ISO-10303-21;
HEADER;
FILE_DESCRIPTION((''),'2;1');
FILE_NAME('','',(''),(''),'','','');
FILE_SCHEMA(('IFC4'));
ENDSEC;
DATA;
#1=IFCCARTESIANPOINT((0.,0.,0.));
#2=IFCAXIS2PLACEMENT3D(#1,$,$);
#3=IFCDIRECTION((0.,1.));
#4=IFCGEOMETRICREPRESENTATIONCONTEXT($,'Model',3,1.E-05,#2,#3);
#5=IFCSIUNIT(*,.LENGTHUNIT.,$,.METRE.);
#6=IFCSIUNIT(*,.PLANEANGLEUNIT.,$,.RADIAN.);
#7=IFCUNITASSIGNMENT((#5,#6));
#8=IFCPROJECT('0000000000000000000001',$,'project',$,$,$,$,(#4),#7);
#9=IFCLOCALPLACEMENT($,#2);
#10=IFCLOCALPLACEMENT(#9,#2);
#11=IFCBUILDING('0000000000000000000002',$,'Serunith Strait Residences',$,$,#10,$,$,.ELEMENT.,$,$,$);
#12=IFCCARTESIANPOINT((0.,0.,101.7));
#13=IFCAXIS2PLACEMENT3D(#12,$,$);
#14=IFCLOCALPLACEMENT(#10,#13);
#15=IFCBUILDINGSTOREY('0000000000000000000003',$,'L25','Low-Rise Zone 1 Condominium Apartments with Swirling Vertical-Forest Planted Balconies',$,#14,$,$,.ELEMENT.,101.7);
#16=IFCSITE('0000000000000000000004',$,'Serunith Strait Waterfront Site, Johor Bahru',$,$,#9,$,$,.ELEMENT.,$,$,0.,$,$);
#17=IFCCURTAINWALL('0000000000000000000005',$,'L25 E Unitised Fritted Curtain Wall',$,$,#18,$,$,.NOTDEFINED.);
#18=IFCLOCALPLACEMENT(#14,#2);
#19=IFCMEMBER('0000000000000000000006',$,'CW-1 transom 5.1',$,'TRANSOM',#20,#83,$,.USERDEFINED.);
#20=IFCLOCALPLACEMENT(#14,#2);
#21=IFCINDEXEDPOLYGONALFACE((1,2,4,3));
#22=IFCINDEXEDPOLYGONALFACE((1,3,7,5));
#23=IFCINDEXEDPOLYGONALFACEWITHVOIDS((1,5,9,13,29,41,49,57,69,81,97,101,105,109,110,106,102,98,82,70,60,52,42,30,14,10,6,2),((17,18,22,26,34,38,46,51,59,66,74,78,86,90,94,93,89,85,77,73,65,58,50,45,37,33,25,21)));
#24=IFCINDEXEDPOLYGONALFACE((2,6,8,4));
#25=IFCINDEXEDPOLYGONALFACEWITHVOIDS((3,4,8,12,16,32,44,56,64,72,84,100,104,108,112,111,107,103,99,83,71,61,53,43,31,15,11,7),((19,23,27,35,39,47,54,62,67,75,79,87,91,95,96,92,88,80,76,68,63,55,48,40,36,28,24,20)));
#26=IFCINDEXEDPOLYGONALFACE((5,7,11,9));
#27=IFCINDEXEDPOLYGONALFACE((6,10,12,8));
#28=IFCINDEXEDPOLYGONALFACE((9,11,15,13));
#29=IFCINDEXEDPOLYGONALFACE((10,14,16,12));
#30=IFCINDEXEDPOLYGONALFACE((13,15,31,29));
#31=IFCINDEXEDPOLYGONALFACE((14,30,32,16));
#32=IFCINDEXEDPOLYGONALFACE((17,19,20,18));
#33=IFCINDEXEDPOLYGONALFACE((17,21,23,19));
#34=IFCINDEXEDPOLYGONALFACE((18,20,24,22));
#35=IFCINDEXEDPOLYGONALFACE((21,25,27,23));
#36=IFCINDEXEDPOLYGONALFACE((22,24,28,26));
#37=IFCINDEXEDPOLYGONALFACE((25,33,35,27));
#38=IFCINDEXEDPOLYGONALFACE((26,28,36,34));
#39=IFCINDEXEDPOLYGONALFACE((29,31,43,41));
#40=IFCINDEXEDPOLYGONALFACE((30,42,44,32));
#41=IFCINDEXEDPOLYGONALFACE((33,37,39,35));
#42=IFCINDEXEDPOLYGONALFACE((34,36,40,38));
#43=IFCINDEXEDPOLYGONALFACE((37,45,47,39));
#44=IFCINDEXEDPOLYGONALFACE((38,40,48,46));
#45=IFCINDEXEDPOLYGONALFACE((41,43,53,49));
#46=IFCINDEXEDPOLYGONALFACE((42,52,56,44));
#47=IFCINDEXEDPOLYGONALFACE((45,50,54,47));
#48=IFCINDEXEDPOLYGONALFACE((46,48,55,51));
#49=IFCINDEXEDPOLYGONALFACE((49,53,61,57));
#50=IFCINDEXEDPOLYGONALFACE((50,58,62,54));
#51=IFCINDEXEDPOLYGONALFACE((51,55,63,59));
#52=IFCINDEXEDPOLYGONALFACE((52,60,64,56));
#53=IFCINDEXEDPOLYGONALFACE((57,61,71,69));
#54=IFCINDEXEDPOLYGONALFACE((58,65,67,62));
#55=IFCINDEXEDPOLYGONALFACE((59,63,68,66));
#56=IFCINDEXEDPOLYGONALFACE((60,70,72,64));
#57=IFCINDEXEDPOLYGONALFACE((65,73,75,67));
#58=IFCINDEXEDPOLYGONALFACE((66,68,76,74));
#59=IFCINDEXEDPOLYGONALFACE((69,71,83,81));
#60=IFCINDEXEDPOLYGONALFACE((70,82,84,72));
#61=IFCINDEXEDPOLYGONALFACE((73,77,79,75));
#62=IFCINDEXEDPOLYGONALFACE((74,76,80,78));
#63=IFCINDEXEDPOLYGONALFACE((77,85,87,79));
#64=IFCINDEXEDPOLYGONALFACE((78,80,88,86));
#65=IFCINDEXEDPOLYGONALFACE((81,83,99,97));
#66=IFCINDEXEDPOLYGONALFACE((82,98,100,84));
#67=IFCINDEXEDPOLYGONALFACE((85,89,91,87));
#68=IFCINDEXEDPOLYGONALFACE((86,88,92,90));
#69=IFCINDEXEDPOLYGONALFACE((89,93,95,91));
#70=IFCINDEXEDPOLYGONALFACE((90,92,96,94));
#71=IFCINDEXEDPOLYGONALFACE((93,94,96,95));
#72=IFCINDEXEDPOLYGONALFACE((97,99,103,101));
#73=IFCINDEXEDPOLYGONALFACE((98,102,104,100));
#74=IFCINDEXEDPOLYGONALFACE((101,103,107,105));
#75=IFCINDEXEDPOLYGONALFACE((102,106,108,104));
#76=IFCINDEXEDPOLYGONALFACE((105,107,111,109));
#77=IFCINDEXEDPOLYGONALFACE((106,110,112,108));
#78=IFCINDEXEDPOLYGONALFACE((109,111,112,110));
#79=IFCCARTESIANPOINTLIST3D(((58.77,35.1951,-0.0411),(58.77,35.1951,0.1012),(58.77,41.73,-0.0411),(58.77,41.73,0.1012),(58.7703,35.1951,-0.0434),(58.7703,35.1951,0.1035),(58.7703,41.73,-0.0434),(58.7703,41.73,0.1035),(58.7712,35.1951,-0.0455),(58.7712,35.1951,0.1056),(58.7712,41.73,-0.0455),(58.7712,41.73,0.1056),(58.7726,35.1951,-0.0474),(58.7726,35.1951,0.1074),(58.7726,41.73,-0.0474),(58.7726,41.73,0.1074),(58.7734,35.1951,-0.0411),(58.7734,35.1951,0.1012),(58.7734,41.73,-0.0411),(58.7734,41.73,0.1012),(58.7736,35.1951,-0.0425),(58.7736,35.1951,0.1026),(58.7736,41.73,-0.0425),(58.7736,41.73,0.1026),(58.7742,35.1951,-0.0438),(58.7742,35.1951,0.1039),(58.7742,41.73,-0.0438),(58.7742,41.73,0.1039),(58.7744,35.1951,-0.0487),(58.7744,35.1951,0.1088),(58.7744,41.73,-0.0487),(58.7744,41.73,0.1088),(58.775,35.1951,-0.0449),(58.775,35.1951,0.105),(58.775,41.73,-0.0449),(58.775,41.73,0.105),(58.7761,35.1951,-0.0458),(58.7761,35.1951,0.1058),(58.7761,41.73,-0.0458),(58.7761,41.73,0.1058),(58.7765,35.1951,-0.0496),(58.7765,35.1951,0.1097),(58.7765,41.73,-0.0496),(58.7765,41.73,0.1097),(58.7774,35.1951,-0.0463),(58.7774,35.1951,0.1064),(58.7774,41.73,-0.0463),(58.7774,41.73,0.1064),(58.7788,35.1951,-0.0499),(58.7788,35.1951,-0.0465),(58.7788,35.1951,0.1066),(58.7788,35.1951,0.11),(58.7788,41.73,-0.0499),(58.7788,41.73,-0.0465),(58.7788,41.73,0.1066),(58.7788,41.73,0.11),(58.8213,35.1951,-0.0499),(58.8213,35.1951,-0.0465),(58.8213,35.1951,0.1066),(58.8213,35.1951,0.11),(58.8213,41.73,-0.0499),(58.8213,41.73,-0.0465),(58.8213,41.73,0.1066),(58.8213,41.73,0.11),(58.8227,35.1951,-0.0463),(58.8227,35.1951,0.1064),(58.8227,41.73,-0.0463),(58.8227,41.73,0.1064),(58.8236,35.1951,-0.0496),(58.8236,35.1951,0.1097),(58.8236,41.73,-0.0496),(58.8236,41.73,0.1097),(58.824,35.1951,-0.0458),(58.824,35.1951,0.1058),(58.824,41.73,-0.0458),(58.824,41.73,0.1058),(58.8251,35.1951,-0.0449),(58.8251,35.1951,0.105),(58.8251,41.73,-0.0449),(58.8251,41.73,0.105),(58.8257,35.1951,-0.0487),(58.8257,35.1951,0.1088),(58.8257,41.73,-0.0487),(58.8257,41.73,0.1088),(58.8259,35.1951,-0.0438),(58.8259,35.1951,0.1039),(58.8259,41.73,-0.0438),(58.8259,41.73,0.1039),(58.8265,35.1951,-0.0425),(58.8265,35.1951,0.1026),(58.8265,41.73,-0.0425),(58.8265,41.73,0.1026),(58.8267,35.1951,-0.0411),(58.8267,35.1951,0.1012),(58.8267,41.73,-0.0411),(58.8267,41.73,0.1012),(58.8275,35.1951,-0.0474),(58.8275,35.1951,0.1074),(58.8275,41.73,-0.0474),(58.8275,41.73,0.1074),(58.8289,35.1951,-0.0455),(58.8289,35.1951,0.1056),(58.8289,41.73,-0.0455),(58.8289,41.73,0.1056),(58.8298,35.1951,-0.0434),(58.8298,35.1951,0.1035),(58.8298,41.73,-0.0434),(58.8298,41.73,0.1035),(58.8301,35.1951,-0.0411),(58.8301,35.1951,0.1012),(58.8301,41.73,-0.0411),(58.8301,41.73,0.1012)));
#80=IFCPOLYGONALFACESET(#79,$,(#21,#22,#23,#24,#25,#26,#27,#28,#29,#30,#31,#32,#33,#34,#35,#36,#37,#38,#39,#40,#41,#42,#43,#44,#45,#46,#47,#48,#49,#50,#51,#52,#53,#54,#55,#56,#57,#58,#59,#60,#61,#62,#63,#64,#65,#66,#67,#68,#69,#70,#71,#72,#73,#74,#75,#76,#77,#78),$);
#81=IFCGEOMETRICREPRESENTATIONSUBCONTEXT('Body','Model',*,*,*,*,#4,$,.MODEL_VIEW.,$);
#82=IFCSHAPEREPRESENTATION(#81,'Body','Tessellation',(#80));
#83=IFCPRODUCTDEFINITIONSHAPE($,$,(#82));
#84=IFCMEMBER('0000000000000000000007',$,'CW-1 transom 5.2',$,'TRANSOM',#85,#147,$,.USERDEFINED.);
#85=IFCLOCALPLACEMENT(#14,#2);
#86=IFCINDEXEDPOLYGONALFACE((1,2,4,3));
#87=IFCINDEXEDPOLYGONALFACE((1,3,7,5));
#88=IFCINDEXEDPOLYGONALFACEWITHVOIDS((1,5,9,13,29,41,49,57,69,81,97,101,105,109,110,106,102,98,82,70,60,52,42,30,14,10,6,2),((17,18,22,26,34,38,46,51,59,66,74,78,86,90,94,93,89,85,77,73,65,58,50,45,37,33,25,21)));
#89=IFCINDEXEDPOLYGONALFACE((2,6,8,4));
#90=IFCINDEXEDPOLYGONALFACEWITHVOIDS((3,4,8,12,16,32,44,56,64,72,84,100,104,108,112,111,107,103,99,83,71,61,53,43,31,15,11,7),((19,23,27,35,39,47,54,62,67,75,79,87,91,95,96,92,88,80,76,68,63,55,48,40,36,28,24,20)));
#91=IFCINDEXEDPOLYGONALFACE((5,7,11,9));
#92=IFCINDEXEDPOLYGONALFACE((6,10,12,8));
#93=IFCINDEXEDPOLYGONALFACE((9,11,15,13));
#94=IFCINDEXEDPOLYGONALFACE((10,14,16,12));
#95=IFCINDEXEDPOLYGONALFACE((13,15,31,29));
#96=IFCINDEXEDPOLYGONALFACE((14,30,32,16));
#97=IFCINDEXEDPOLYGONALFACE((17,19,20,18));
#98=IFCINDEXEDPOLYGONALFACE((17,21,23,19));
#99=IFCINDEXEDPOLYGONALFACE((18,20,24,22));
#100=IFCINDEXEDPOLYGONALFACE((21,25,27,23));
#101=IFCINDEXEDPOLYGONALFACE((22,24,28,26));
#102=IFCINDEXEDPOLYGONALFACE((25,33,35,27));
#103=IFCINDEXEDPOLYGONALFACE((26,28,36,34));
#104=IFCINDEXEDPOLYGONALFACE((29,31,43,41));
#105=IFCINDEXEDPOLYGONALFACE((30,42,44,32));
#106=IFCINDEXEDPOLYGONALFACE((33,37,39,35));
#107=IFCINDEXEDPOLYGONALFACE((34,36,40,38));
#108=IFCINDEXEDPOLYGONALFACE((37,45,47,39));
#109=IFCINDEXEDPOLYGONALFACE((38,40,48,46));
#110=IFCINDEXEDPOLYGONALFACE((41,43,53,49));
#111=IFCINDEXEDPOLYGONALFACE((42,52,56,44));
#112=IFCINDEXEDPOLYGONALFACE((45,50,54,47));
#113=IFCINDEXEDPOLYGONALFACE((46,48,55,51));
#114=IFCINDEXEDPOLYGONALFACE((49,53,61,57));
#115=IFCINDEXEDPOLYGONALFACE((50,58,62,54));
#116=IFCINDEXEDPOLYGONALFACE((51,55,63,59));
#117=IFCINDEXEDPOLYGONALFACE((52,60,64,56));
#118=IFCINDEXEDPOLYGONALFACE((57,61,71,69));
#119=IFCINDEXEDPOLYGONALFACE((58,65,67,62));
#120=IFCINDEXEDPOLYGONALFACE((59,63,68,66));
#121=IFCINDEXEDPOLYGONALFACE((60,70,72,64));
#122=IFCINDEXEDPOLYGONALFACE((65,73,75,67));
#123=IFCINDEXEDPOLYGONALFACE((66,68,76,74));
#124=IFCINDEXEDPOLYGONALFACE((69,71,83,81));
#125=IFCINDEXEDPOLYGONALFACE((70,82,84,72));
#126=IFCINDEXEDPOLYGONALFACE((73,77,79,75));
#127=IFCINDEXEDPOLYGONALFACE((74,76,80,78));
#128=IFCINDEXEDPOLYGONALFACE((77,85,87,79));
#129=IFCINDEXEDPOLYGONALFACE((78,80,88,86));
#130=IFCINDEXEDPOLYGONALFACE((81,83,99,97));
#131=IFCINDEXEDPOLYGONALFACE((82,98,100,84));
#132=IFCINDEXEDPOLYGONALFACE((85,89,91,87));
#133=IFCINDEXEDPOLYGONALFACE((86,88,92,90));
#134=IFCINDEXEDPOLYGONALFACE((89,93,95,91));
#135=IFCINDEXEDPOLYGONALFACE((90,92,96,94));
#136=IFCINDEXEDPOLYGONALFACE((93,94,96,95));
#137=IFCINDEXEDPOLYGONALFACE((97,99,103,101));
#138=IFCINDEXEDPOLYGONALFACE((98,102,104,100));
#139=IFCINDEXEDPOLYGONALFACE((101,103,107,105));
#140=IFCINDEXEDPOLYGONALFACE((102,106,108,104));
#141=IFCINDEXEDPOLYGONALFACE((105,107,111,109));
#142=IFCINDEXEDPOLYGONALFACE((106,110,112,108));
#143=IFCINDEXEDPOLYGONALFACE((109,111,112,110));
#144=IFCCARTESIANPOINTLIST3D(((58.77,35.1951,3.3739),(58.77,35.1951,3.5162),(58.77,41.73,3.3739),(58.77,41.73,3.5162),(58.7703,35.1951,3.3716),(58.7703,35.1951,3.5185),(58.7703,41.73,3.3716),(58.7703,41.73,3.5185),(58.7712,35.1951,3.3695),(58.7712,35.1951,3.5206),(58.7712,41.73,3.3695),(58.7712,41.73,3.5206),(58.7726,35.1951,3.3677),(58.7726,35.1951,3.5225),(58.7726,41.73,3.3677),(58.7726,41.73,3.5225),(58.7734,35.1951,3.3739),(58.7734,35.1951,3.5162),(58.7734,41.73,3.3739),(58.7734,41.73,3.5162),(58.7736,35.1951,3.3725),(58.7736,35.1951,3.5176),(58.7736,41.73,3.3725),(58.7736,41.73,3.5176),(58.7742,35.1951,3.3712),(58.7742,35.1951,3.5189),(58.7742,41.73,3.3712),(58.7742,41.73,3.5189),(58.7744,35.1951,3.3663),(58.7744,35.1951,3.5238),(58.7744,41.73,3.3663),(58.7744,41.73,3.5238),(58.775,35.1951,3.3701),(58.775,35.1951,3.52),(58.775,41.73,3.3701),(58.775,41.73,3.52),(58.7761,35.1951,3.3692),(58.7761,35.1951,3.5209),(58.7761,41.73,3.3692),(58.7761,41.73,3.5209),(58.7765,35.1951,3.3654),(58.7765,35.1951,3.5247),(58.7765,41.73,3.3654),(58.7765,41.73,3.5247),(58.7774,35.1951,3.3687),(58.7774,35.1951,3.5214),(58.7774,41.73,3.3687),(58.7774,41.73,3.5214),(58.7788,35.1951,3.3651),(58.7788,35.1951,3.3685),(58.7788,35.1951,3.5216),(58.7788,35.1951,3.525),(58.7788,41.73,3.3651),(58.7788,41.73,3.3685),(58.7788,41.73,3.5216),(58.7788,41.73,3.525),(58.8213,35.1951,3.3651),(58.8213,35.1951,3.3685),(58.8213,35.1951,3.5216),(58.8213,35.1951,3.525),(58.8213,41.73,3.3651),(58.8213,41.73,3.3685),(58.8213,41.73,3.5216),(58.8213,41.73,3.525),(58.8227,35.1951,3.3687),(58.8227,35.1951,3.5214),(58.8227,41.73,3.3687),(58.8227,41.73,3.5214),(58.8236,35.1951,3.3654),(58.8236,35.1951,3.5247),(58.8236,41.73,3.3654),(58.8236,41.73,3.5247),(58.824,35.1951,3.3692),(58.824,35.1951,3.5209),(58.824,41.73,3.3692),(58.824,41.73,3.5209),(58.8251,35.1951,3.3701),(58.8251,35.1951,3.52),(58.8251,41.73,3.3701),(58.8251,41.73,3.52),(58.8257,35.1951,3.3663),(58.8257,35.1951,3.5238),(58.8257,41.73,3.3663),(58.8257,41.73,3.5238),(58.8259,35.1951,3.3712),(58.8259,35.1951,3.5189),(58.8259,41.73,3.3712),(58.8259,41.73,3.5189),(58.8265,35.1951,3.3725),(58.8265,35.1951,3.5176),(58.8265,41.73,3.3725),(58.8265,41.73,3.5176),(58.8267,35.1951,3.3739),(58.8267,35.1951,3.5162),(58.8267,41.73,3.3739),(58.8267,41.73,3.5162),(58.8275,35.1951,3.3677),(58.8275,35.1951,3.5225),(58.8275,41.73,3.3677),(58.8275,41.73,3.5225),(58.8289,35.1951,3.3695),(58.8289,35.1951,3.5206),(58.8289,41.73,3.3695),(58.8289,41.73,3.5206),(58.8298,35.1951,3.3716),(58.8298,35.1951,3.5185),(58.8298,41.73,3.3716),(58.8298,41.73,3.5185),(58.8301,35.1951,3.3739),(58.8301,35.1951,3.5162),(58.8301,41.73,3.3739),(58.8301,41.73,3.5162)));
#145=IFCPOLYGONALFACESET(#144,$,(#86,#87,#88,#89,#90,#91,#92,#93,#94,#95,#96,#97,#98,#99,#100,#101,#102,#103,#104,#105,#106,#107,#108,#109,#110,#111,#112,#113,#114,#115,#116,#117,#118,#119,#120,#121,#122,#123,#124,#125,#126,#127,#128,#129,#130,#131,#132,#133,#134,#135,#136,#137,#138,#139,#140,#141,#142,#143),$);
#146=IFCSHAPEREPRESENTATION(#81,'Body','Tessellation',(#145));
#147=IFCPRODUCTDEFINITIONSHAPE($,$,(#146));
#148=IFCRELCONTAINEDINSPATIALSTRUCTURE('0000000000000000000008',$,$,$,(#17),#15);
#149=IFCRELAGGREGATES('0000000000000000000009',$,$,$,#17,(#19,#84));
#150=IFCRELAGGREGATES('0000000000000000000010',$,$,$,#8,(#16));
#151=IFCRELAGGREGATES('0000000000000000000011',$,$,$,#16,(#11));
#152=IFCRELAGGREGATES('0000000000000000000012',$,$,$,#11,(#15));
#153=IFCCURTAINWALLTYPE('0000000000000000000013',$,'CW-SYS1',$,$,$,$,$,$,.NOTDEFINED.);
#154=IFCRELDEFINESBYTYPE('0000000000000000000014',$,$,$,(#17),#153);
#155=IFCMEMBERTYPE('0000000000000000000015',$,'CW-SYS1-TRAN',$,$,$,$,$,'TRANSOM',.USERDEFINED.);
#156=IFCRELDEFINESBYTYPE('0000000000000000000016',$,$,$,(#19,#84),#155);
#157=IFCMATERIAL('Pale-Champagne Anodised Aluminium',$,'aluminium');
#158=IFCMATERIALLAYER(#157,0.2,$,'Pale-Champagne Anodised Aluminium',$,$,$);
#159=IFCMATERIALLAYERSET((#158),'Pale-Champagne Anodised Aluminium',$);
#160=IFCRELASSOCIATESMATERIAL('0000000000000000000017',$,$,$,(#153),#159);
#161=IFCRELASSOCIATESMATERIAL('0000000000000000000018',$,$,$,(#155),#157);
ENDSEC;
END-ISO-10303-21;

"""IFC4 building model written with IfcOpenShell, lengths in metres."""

from ifc_helpers import new_model, si_unit, direction, frame, origin, origin_2d, place, context, subcontext, project, spatial, hollow_rectangle, extrude, source, transform, mapped, material, layer, layer_set, material_profile, profile_set, type_object, element, aggregate, save


model = new_model("IFC4")

# Units and contexts
model_context = context("Model", 3, precision=1e-05, world=origin(), true_north=direction((0.0, 1.0)))
body_context = subcontext(model_context, "Body", "Model", "MODEL_VIEW")
ifc_project = project(units=[si_unit("LENGTHUNIT", "METRE"), si_unit("PLANEANGLEUNIT", "RADIAN")], contexts=[model_context])

# Site, building, storey
site_placement = place(None, origin())
site = spatial("IfcSite", under=ifc_project, at=site_placement, Name="Serunith Strait Waterfront Site, Johor Bahru", CompositionType="ELEMENT", RefElevation=0.0)
building_placement = place(site_placement, origin())
building = spatial("IfcBuilding", under=site, at=building_placement, Name="Serunith Strait Residences", CompositionType="ELEMENT")
storey_placement = place(building_placement, frame((0.0, 0.0, 101.7)))
storey = spatial("IfcBuildingStorey", under=building, at=storey_placement, Name="L25", Description="Low-Rise Zone 1 Condominium Apartments with Swirling Vertical-Forest Planted Balconies", CompositionType="ELEMENT", Elevation=101.7)

# Curtain wall, members
ifc_material_1 = material(Name="Pale-Champagne Anodised Aluminium", Category="aluminium")
ifc_layer_1 = layer(ifc_material_1, 0.2, Name="Pale-Champagne Anodised Aluminium")
ifc_layer_set_1 = layer_set([ifc_layer_1], Name="Pale-Champagne Anodised Aluminium")
curtain_wall_type = type_object("IfcCurtainWallType", Name="CW-SYS1", PredefinedType="NOTDEFINED", material=ifc_layer_set_1)
curtain_wall_placement = place(storey_placement, origin())
curtain_wall = element("IfcCurtainWall", 1, at=curtain_wall_placement, inside=storey, type_object=curtain_wall_type, Name="L25 E Unitised Fritted Curtain Wall", PredefinedType="NOTDEFINED")
ifc_material_profile_1 = material_profile(ifc_material_1, hollow_rectangle(XDim=0.0601, YDim=0.1599, WallThickness=0.0034, InnerFilletRadius=0.0054, OuterFilletRadius=0.0088, at=origin_2d()), Name="ALU 160x60x3.5")
ifc_profile_set_1 = profile_set([ifc_material_profile_1], Name="Pale-Champagne Anodised Aluminium")
member_type_1 = type_object("IfcMemberType", Name="CW-SYS1-TRAN", ElementType="TRANSOM", PredefinedType="USERDEFINED", material=ifc_profile_set_1)
shared_shape_1 = source(origin(), body_context, "Body", "SweptSolid", [
    extrude(hollow_rectangle(XDim=0.0601, YDim=0.1599, WallThickness=0.0034, InnerFilletRadius=0.0054, OuterFilletRadius=0.0088, at=origin_2d()), origin(), (0.0, 0.0, 1.0), 6.5349),
])
member_1_placement = place(storey_placement, frame((58.8, 35.1951, 0.03), z_axis=(0.0, 1.0, 0.0), x_axis=(-1.0, 0.0, 0.0)))
member_1 = element("IfcMember", 2, at=member_1_placement, type_object=member_type_1, Name="CW-1 transom 5.1", ObjectType="TRANSOM", PredefinedType="USERDEFINED", context=body_context, shape_type="MappedRepresentation", body=[
    mapped(shared_shape_1, transform((0.0, 0.0, 0.0), scale=1.0)),
])
member_2_placement = place(storey_placement, frame((58.8, 35.1951, 3.4451), z_axis=(0.0, 1.0, 0.0), x_axis=(-1.0, 0.0, 0.0)))
member_2 = element("IfcMember", 3, at=member_2_placement, type_object=member_type_1, Name="CW-1 transom 5.2", ObjectType="TRANSOM", PredefinedType="USERDEFINED", context=body_context, shape_type="MappedRepresentation", body=[
    mapped(shared_shape_1, transform((0.0, 0.0, 0.0), scale=1.0)),
])
aggregate(curtain_wall, [member_1, member_2])

save(model, "model.ifc")
